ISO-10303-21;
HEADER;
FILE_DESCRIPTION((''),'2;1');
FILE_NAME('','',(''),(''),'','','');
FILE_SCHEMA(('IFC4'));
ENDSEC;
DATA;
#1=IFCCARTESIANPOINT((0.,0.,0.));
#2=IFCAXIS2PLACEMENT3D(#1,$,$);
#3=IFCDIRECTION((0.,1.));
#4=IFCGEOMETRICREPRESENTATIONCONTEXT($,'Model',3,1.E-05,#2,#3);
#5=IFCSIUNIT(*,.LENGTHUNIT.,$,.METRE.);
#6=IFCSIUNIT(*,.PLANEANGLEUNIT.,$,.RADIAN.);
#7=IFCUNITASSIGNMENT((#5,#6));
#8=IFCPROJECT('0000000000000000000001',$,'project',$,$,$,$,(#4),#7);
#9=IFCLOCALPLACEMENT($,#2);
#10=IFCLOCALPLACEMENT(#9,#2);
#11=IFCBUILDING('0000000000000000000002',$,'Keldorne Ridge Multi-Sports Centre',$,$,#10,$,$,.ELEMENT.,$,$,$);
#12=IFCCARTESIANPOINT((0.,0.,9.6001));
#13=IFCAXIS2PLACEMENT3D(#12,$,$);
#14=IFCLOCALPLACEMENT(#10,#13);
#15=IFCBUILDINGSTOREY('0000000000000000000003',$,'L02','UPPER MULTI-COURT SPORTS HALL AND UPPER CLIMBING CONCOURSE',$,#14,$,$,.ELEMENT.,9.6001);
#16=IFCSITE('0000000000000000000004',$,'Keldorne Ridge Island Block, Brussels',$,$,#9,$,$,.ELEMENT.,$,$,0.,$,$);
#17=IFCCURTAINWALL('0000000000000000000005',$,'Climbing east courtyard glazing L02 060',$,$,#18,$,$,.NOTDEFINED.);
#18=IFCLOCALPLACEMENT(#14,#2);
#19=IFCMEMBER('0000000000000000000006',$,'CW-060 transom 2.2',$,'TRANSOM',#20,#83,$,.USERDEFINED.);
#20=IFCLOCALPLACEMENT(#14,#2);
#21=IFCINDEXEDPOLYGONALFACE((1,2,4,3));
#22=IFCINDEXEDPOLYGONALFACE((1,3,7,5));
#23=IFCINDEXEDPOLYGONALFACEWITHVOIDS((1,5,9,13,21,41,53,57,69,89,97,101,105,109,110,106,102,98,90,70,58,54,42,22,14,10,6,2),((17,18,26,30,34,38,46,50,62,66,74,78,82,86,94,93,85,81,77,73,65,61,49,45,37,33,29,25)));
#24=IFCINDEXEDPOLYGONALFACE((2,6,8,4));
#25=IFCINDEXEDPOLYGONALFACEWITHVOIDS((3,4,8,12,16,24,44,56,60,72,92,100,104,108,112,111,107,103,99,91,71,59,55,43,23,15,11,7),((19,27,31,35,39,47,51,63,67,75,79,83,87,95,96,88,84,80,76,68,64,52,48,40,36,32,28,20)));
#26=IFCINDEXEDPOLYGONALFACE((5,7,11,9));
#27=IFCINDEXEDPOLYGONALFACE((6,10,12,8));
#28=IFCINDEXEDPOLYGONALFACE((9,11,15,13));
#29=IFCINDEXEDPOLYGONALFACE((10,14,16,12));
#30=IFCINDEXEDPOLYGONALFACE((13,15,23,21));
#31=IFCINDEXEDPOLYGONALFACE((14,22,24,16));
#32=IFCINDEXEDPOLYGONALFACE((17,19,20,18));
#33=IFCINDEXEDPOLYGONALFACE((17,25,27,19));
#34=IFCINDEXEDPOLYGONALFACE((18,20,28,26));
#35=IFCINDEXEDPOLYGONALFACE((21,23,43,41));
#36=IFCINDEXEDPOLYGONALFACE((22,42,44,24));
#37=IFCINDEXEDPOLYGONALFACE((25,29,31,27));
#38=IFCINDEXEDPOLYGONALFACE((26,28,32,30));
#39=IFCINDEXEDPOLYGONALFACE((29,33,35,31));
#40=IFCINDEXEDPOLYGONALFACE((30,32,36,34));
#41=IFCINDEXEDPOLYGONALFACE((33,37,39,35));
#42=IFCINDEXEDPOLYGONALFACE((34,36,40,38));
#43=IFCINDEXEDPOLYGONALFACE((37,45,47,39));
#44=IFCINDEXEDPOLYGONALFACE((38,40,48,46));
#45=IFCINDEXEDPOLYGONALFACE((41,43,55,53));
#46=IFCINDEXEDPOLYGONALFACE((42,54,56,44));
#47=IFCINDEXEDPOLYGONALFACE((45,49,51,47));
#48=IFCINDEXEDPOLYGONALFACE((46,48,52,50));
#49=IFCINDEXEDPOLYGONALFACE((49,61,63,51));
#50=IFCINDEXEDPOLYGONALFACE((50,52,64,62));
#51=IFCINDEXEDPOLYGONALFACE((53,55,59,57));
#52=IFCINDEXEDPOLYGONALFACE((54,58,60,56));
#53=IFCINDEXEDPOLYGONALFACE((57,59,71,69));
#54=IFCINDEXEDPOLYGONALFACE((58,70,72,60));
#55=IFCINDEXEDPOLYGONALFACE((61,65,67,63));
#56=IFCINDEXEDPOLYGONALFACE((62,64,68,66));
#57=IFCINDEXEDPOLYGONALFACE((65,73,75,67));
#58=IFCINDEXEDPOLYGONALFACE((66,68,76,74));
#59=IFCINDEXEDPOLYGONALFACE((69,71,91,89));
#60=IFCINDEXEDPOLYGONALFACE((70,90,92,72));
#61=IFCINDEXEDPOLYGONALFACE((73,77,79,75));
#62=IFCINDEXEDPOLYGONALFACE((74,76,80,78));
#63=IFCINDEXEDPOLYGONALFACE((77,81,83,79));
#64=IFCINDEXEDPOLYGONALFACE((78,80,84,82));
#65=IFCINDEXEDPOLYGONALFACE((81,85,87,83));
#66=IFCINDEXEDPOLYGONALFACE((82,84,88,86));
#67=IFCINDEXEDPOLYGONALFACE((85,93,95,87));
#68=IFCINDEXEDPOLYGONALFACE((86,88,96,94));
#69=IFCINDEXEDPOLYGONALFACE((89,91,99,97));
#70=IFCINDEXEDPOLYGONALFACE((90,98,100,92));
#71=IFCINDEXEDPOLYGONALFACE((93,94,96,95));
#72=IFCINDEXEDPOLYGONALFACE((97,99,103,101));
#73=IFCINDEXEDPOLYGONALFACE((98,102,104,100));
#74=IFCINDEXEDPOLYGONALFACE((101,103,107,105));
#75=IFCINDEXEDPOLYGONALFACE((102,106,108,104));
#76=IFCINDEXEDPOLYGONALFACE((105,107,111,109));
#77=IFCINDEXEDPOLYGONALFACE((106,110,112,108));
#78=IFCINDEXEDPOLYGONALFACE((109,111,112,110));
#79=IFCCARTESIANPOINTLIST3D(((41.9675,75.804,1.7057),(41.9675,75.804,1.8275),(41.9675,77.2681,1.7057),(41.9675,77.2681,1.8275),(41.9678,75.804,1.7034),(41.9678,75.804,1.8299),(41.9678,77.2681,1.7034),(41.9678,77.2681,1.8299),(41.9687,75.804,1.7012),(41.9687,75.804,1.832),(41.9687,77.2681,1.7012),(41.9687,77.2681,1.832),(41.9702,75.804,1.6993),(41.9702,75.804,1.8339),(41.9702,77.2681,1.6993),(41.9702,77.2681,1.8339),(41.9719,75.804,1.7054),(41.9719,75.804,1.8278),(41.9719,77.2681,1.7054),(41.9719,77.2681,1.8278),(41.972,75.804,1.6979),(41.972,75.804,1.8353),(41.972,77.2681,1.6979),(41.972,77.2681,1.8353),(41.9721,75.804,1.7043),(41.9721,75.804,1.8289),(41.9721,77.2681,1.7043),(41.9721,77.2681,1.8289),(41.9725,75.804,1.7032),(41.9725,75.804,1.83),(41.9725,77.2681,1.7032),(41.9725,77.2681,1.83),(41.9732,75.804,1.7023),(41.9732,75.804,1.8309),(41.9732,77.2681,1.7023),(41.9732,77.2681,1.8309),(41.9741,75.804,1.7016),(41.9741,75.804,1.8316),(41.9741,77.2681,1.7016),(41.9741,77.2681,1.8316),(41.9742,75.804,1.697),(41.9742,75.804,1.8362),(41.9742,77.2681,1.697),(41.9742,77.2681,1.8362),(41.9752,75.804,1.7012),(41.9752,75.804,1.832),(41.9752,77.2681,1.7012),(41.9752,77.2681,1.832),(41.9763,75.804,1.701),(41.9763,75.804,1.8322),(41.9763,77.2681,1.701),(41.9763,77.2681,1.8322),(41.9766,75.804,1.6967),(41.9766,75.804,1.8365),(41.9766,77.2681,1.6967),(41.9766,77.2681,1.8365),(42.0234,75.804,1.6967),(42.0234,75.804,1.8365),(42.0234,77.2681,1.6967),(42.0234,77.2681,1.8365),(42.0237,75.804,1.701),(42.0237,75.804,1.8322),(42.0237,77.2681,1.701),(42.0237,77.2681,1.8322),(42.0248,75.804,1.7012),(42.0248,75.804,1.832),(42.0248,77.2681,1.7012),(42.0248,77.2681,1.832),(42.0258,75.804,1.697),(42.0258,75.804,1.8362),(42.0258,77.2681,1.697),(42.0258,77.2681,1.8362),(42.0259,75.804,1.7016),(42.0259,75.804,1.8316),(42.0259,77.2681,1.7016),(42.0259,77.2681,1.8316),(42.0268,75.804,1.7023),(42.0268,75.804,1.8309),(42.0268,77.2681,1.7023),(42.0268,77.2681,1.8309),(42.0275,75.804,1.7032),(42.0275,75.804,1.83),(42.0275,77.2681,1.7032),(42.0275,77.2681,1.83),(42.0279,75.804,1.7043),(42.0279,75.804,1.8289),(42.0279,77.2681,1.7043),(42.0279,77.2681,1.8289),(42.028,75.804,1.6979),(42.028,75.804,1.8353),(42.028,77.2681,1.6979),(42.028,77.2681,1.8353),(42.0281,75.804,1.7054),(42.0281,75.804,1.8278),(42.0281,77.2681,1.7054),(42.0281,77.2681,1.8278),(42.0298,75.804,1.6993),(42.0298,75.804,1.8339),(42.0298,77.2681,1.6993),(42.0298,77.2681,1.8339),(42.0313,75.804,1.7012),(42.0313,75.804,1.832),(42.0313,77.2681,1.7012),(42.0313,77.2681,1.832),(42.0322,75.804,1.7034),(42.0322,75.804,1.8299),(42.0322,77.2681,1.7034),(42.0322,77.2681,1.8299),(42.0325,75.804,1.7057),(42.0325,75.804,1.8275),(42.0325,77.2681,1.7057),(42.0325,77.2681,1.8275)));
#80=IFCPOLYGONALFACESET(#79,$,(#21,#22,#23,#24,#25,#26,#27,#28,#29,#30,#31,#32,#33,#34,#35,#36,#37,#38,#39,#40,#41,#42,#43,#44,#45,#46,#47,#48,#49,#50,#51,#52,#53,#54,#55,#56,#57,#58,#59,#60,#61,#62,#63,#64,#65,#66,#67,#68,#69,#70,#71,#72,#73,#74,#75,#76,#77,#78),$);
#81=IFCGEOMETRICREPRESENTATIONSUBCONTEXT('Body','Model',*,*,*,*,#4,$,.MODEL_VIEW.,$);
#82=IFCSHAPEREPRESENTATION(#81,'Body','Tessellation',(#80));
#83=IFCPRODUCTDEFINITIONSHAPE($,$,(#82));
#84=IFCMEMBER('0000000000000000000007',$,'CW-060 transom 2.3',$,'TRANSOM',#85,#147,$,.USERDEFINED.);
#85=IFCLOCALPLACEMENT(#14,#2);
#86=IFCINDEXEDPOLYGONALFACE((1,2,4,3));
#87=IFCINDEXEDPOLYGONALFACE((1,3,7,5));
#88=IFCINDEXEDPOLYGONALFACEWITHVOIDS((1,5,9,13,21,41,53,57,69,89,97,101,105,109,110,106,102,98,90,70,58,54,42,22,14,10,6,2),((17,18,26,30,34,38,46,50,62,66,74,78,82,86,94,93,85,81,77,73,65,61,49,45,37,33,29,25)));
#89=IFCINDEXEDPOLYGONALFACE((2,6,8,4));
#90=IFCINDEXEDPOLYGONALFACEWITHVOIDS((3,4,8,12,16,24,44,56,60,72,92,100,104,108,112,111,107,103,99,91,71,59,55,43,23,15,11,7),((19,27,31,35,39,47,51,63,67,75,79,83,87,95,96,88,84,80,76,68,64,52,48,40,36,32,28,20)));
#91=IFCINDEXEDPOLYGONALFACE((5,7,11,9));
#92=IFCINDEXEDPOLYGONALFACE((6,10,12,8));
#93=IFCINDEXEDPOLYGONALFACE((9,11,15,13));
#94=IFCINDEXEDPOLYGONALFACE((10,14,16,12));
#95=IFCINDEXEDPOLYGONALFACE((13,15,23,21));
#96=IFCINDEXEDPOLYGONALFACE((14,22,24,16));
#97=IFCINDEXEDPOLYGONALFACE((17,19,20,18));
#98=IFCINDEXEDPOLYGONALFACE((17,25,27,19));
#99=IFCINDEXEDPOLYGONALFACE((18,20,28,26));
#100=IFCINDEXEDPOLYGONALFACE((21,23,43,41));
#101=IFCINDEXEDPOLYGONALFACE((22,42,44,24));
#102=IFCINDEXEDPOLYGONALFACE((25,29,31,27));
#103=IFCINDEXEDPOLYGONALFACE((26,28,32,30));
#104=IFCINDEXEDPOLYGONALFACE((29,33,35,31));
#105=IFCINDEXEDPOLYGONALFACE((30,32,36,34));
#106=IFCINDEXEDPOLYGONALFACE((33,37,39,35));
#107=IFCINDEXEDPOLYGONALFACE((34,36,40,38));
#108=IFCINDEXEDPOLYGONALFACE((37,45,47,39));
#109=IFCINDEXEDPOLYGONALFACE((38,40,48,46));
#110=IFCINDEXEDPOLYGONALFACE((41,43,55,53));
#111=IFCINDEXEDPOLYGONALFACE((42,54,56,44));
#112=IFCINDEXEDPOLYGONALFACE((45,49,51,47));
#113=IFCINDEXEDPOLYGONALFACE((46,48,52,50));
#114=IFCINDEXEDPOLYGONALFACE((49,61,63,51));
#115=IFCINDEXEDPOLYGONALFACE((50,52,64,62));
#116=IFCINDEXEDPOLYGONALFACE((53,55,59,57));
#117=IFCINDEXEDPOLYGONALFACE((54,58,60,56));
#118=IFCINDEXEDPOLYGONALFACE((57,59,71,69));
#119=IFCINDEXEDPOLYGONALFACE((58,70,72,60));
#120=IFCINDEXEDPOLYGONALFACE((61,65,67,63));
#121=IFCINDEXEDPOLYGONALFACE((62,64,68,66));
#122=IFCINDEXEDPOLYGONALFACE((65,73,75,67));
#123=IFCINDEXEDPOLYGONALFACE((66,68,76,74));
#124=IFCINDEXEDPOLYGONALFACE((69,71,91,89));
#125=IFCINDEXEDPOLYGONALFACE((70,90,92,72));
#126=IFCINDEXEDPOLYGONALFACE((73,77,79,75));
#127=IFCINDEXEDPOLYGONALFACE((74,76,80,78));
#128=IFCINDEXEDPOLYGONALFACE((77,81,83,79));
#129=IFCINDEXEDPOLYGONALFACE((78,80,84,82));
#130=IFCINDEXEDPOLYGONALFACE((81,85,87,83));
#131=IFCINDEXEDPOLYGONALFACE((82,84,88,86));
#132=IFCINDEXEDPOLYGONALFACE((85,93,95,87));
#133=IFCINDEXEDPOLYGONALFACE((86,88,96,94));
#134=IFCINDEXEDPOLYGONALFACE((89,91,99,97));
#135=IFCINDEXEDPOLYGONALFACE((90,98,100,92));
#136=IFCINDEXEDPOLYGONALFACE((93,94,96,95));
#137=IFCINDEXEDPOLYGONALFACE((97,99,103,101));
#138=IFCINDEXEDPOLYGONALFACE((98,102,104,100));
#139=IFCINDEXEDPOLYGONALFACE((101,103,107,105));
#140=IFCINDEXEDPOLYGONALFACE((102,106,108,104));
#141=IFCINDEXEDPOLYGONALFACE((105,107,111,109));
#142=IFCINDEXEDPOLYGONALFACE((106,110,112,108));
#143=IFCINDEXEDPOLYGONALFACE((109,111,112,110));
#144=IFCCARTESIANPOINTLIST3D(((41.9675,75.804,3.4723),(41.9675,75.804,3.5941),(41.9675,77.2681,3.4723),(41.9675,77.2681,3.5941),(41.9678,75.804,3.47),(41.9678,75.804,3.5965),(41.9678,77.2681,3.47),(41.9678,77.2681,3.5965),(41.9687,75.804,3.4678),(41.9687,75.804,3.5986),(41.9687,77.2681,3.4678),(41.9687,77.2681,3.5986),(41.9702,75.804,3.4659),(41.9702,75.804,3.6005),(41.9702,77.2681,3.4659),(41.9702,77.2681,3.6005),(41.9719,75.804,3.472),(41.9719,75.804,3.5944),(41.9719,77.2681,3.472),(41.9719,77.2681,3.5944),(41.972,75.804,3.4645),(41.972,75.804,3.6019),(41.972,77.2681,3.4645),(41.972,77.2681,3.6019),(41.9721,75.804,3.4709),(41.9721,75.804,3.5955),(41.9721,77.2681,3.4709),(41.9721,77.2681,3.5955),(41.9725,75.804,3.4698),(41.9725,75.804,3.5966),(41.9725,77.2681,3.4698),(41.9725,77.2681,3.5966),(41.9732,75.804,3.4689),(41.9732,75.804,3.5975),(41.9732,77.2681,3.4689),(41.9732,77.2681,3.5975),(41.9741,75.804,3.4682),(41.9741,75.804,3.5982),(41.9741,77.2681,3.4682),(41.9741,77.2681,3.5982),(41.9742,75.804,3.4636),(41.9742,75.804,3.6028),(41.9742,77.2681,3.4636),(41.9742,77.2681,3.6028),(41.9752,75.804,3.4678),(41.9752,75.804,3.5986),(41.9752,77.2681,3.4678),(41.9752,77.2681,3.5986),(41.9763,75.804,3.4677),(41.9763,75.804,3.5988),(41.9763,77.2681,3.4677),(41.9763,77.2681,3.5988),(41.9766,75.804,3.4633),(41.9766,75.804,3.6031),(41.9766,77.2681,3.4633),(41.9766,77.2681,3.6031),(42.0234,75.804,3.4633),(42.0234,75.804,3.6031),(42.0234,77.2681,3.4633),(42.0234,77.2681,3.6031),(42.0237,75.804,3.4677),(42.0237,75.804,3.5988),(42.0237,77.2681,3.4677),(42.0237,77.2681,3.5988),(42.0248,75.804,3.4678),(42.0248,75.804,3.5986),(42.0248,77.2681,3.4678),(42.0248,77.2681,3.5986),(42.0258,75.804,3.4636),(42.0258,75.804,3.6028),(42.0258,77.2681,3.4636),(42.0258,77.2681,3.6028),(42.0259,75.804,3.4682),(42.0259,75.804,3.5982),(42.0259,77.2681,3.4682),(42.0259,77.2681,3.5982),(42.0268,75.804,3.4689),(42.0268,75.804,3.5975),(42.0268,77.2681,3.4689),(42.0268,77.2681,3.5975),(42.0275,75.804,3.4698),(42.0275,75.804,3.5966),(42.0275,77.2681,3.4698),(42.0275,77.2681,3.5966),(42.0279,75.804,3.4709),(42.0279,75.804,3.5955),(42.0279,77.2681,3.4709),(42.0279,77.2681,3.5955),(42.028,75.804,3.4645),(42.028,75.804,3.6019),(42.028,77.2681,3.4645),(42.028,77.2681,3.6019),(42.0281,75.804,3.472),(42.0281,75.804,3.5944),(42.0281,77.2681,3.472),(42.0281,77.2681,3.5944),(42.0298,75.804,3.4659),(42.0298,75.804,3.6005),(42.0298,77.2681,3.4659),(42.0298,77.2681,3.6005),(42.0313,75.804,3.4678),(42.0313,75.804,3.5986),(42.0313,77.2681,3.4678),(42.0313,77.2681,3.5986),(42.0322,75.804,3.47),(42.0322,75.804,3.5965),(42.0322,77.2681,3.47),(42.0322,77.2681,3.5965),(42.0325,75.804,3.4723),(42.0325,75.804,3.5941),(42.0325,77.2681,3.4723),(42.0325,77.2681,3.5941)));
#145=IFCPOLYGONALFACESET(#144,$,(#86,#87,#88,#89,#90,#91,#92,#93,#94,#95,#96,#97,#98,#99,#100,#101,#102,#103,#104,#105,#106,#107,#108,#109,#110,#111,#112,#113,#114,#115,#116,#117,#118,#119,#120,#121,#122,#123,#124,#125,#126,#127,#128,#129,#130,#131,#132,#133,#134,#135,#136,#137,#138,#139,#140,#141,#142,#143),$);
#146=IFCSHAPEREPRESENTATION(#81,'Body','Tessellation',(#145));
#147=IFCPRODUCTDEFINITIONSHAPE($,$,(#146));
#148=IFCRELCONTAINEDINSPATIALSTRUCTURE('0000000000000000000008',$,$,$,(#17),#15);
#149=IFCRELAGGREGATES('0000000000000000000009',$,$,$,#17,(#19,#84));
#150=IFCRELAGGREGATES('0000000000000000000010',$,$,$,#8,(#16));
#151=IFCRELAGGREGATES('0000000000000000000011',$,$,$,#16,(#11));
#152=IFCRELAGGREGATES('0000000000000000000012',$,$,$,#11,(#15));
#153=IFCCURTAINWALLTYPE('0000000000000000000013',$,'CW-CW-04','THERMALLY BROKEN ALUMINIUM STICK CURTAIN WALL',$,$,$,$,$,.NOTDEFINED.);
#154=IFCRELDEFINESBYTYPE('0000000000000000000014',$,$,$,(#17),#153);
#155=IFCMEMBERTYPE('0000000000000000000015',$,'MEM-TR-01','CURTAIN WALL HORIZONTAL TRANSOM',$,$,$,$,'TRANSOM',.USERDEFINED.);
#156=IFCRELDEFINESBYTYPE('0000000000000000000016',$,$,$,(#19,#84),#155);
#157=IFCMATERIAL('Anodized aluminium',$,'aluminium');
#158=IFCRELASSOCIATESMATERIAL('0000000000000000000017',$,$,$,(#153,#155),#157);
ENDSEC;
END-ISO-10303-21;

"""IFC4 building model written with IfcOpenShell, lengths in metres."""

from ifc_helpers import new_model, si_unit, direction, frame, origin, origin_2d, place, context, subcontext, project, spatial, hollow_rectangle, extrude, material, material_profile, profile_set, type_object, element, aggregate, save


model = new_model("IFC4")

# Units and contexts
model_context = context("Model", 3, precision=1e-05, world=origin(), true_north=direction((0.0, 1.0)))
body_context = subcontext(model_context, "Body", "Model", "MODEL_VIEW")
ifc_project = project(units=[si_unit("LENGTHUNIT", "METRE"), si_unit("PLANEANGLEUNIT", "RADIAN")], contexts=[model_context])

# Site, building, storey
site_placement = place(None, origin())
site = spatial("IfcSite", under=ifc_project, at=site_placement, Name="Keldorne Ridge Island Block, Brussels", CompositionType="ELEMENT", RefElevation=0.0)
building_placement = place(site_placement, origin())
building = spatial("IfcBuilding", under=site, at=building_placement, Name="Keldorne Ridge Multi-Sports Centre", CompositionType="ELEMENT")
storey_placement = place(building_placement, frame((0.0, 0.0, 9.6001)))
storey = spatial("IfcBuildingStorey", under=building, at=storey_placement, Name="L02", Description="UPPER MULTI-COURT SPORTS HALL AND UPPER CLIMBING CONCOURSE", CompositionType="ELEMENT", Elevation=9.6001)

# Curtain wall, members
ifc_material_1 = material(Name="Anodized aluminium", Category="aluminium")
curtain_wall_type = type_object("IfcCurtainWallType", Name="CW-CW-04", Description="THERMALLY BROKEN ALUMINIUM STICK CURTAIN WALL", PredefinedType="NOTDEFINED", material=ifc_material_1)
curtain_wall_placement = place(storey_placement, origin())
curtain_wall = element("IfcCurtainWall", 1, at=curtain_wall_placement, inside=storey, type_object=curtain_wall_type, Name="Climbing east courtyard glazing L02 060", PredefinedType="NOTDEFINED")
ifc_material_profile_1 = material_profile(ifc_material_1, hollow_rectangle(XDim=0.0649, YDim=0.1399, WallThickness=0.0044, InnerFilletRadius=0.0044, OuterFilletRadius=0.009, at=origin_2d()), Name="ALU TRANSOM 140x65x4.5")
ifc_profile_set_1 = profile_set([ifc_material_profile_1], Name="Anodized aluminium")
member_type_1 = type_object("IfcMemberType", Name="MEM-TR-01", Description="CURTAIN WALL HORIZONTAL TRANSOM", ElementType="TRANSOM", PredefinedType="USERDEFINED", material=ifc_profile_set_1)
member_1_placement = place(storey_placement, frame((42.0, 75.804, 1.7666), z_axis=(0.0, 1.0, 0.0), x_axis=(-1.0, 0.0, 0.0)))
member_1 = element("IfcMember", 2, at=member_1_placement, type_object=member_type_1, Name="CW-060 transom 2.2", ObjectType="TRANSOM", PredefinedType="USERDEFINED", context=body_context, shape_type="SweptSolid", body=[
    extrude(hollow_rectangle(XDim=0.0649, YDim=0.1399, WallThickness=0.0044, InnerFilletRadius=0.0044, OuterFilletRadius=0.009, at=origin_2d()), origin(), (0.0, 0.0, 1.0), 1.4641),
])
member_2_placement = place(storey_placement, frame((42.0, 75.804, 3.5332), z_axis=(0.0, 1.0, 0.0), x_axis=(-1.0, 0.0, 0.0)))
member_2 = element("IfcMember", 3, at=member_2_placement, type_object=member_type_1, Name="CW-060 transom 2.3", ObjectType="TRANSOM", PredefinedType="USERDEFINED", context=body_context, shape_type="SweptSolid", body=[
    extrude(hollow_rectangle(XDim=0.0649, YDim=0.1399, WallThickness=0.0044, InnerFilletRadius=0.0044, OuterFilletRadius=0.009, at=origin_2d()), origin(), (0.0, 0.0, 1.0), 1.4641),
])
aggregate(curtain_wall, [member_1, member_2])

save(model, "model.ifc")
